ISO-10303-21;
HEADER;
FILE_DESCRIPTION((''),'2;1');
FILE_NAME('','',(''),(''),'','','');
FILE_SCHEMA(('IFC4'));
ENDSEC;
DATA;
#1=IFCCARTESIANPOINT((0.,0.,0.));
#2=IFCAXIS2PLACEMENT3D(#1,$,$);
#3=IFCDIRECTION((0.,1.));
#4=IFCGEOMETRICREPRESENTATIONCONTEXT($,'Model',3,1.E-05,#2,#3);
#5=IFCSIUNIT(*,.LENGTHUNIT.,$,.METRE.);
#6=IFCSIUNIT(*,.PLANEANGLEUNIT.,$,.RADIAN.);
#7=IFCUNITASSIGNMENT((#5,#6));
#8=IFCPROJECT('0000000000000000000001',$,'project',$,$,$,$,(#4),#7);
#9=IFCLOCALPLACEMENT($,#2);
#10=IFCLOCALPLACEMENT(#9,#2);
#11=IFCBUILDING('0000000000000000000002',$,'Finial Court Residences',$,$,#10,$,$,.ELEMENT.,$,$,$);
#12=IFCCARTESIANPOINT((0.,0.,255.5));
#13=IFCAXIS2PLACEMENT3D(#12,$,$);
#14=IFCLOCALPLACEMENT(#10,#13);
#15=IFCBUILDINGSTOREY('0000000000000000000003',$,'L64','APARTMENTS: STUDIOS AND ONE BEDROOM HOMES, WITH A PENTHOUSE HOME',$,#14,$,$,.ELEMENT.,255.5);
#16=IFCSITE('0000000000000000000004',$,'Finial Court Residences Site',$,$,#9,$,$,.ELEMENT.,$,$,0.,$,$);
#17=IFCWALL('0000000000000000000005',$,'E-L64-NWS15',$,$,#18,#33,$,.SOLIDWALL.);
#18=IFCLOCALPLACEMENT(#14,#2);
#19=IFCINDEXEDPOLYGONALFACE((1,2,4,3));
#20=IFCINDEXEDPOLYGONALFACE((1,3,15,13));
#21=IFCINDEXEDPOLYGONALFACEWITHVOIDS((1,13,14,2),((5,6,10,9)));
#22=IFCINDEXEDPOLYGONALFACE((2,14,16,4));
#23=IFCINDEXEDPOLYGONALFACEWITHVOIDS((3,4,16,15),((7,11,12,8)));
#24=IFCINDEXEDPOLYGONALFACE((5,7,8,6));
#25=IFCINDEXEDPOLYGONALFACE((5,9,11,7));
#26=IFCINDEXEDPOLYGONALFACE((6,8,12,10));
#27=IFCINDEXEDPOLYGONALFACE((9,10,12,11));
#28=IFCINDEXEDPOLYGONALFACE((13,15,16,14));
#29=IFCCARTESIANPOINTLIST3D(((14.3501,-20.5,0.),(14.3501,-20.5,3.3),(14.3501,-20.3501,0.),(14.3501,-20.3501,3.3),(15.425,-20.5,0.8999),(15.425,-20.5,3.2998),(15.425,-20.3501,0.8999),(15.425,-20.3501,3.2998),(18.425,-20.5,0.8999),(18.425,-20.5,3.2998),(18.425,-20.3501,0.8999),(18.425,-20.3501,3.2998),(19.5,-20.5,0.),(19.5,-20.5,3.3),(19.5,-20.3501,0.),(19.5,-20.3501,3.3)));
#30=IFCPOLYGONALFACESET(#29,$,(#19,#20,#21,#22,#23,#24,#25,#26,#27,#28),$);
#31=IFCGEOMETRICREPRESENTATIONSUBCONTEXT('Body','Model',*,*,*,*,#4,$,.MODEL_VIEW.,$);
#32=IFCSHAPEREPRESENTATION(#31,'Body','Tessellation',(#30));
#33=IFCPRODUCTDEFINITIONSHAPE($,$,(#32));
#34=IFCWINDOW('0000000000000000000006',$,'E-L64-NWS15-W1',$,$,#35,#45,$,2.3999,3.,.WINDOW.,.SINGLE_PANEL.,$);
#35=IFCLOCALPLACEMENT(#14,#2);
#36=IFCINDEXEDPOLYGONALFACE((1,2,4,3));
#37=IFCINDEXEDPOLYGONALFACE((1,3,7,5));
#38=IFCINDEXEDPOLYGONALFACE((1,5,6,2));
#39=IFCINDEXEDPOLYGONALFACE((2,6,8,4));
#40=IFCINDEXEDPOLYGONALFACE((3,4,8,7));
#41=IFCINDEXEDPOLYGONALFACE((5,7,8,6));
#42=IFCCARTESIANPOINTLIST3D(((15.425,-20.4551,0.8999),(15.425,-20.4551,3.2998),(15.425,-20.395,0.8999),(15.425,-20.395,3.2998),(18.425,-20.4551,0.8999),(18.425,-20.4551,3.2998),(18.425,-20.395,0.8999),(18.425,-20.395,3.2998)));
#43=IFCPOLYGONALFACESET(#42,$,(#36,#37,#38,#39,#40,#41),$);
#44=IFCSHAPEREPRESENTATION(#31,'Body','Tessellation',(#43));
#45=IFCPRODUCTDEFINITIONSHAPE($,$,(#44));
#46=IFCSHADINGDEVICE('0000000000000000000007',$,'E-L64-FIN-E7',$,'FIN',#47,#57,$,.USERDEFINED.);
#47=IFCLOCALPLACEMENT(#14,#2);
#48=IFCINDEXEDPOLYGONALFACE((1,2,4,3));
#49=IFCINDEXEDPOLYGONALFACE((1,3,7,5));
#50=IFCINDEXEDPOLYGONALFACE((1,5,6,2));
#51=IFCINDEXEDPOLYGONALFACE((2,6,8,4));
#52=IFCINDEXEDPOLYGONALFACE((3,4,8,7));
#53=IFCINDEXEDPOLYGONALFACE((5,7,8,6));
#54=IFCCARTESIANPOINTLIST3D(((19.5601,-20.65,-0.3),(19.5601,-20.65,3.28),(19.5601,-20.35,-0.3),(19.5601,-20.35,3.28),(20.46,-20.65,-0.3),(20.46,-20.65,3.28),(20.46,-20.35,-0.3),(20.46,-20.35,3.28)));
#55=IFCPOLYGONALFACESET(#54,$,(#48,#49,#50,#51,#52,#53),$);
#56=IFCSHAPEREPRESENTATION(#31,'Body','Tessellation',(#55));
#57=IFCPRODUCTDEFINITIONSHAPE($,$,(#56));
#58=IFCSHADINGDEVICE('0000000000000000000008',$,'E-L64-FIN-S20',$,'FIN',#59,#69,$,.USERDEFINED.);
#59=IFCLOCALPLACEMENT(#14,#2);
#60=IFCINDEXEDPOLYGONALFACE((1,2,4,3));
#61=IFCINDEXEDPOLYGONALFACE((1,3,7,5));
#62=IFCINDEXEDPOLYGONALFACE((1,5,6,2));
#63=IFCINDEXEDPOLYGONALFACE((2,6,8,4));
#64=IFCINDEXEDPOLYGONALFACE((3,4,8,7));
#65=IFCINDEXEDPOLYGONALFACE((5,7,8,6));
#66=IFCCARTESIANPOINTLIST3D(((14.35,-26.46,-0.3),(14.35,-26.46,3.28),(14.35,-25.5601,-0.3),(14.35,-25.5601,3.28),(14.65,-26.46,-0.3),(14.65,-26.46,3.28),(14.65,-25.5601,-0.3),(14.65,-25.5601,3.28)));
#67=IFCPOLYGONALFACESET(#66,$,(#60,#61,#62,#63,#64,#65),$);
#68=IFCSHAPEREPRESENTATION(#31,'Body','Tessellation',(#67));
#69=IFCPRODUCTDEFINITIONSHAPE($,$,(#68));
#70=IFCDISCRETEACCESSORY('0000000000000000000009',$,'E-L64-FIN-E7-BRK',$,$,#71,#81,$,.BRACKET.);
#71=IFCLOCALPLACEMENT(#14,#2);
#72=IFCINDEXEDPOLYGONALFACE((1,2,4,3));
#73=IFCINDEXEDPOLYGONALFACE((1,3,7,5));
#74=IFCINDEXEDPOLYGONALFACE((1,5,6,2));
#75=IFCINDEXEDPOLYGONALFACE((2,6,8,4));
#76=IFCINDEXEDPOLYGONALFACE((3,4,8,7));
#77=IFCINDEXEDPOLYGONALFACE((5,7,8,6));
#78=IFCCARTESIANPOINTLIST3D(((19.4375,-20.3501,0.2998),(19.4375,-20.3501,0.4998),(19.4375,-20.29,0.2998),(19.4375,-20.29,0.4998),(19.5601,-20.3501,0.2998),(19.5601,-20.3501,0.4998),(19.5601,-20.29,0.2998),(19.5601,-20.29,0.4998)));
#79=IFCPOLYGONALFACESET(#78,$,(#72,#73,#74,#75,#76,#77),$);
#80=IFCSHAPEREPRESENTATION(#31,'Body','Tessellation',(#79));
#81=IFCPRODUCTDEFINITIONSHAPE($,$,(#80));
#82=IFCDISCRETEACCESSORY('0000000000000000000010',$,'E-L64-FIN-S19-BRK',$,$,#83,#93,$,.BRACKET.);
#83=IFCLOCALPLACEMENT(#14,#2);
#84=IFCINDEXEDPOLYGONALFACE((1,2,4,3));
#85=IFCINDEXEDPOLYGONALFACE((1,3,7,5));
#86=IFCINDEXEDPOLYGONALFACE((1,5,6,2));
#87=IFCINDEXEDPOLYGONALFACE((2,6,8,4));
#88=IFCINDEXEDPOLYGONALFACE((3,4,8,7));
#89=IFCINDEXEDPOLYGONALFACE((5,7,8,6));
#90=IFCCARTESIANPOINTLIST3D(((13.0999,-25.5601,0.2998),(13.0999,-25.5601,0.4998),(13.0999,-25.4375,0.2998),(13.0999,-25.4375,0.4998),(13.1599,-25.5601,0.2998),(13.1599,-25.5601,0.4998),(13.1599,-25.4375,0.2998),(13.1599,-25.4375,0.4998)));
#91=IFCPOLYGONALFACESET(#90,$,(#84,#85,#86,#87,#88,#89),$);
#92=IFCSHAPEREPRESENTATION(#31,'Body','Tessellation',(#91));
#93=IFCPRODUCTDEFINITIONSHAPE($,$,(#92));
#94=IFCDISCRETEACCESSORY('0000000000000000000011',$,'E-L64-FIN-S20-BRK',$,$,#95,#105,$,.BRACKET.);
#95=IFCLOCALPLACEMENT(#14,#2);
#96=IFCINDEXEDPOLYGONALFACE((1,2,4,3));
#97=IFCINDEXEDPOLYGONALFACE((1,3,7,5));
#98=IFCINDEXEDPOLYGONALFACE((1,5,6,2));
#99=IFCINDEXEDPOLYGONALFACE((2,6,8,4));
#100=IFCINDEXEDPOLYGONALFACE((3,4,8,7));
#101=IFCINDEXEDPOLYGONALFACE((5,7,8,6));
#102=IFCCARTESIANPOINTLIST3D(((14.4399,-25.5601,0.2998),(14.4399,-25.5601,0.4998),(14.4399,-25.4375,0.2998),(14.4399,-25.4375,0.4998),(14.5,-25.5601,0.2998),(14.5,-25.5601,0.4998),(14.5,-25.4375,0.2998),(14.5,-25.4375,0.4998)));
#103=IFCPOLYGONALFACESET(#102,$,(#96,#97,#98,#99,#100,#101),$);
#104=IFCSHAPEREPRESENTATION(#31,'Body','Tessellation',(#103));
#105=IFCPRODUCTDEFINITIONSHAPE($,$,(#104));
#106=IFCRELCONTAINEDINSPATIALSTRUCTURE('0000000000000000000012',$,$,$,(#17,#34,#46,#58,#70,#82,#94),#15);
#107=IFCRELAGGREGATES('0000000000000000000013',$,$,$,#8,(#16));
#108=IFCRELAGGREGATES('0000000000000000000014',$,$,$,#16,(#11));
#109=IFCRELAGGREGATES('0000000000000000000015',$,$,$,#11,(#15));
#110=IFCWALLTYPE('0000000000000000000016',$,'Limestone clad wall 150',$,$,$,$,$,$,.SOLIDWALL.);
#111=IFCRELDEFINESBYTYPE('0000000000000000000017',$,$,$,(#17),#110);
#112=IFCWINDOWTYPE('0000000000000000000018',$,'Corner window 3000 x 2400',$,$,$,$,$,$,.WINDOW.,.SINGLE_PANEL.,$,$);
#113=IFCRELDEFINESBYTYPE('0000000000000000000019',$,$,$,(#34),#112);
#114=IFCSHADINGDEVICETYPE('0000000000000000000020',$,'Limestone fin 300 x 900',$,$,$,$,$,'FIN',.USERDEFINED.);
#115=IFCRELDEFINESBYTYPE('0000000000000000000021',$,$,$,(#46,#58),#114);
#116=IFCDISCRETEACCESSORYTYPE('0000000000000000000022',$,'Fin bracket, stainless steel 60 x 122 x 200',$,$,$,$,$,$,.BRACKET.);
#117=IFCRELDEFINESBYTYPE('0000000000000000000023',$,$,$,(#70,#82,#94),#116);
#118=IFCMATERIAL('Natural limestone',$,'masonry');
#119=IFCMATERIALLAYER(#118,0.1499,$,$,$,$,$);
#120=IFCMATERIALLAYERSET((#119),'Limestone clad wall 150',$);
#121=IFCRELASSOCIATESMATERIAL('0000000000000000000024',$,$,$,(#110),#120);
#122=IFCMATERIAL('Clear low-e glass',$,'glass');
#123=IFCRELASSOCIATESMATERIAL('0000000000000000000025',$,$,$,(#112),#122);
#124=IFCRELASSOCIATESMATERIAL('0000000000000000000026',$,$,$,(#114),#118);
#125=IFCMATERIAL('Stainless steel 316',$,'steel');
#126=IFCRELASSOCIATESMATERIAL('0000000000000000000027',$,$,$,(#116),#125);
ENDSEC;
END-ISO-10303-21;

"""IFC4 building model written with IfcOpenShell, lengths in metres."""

from ifc_helpers import new_model, si_unit, direction, frame, frame_2d, origin, origin_2d, place, context, subcontext, project, spatial, rectangle, extrude, material, layer, layer_set, type_object, element, fill, save


model = new_model("IFC4")

# Units and contexts
model_context = context("Model", 3, precision=1e-05, world=origin(), true_north=direction((0.0, 1.0)))
body_context = subcontext(model_context, "Body", "Model", "MODEL_VIEW")
ifc_project = project(units=[si_unit("LENGTHUNIT", "METRE"), si_unit("PLANEANGLEUNIT", "RADIAN")], contexts=[model_context])

# Site, building, storey
site_placement = place(None, origin())
site = spatial("IfcSite", under=ifc_project, at=site_placement, Name="Finial Court Residences Site", CompositionType="ELEMENT", RefElevation=0.0)
building_placement = place(site_placement, origin())
building = spatial("IfcBuilding", under=site, at=building_placement, Name="Finial Court Residences", CompositionType="ELEMENT")
storey_placement = place(building_placement, frame((0.0, 0.0, 255.5)))
storey = spatial("IfcBuildingStorey", under=building, at=storey_placement, Name="L64", Description="APARTMENTS: STUDIOS AND ONE BEDROOM HOMES, WITH A PENTHOUSE HOME", CompositionType="ELEMENT", Elevation=255.5)

# Shared definitions
ifc_material_1 = material(Name="Clear low-e glass", Category="glass")

# Wall, opening, window
ifc_material_2 = material(Name="Natural limestone", Category="masonry")
ifc_layer_1 = layer(ifc_material_2, 0.1499)
ifc_layer_set_1 = layer_set([ifc_layer_1], Name="Limestone clad wall 150")
wall_type_1 = type_object("IfcWallType", Name="Limestone clad wall 150", PredefinedType="SOLIDWALL", material=ifc_layer_set_1)
window_type = type_object("IfcWindowType", Name="Corner window 3000 x 2400", PartitioningType="SINGLE_PANEL", PredefinedType="WINDOW", material=ifc_material_1)
wall_1_placement = place(storey_placement, frame((19.5, -20.425, 0.0), z_axis=(0.0, 0.0, 1.0), x_axis=(-1.0, 0.0, 0.0)))
wall_1 = element("IfcWall", 1, at=wall_1_placement, inside=storey, type_object=wall_type_1, Name="E-L64-NWS15", PredefinedType="SOLIDWALL", context=body_context, shape_type="SweptSolid", body=[
    extrude(rectangle(XDim=5.1499, YDim=0.1499, at=frame_2d((2.575, 0.0))), origin(), (0.0, 0.0, 1.0), 3.3),
])
opening_1_placement = place(wall_1_placement, frame((1.075, 0.0, 0.8999)))
opening_1 = element("IfcOpeningElement", 2, at=opening_1_placement, cuts=wall_1, PredefinedType="OPENING", context=body_context, shape_type="SweptSolid", body=[
    extrude(rectangle(XDim=3.0, YDim=2.3999, at=frame_2d((1.5, 1.2))), frame((0.0, 0.085, 0.0), z_axis=(0.0, -1.0, 0.0), x_axis=(1.0, 0.0, 0.0)), (0.0, 0.0, 1.0), 0.1699),
])
window_1_placement = place(opening_1_placement, origin())
window_1 = element("IfcWindow", 3, at=window_1_placement, inside=storey, type_object=window_type, Name="E-L64-NWS15-W1", OverallHeight=2.3999, OverallWidth=3.0, PartitioningType="SINGLE_PANEL", PredefinedType="WINDOW", context=body_context, shape_type="SweptSolid", body=[
    extrude(rectangle(XDim=3.0, YDim=2.3999, at=frame_2d((1.5, 1.2))), frame((0.0, 0.03, 0.0), z_axis=(0.0, -1.0, 0.0), x_axis=(1.0, 0.0, 0.0)), (0.0, 0.0, 1.0), 0.0601),
])
fill(opening_1, window_1)

# Shading devices
shading_device_type = type_object("IfcShadingDeviceType", Name="Limestone fin 300 x 900", ElementType="FIN", PredefinedType="USERDEFINED", material=ifc_material_2)
shading_device_1_placement = place(storey_placement, frame((20.01, -20.5, -0.3), z_axis=(0.0, 0.0, 1.0), x_axis=(1.0, 0.0, 0.0)))
element("IfcShadingDevice", 4, at=shading_device_1_placement, inside=storey, type_object=shading_device_type, Name="E-L64-FIN-E7", ObjectType="FIN", PredefinedType="USERDEFINED", context=body_context, shape_type="SweptSolid", body=[
    extrude(rectangle(XDim=0.8999, YDim=0.3, at=origin_2d()), origin(), (0.0, 0.0, 1.0), 3.5801),
])
shading_device_2_placement = place(storey_placement, frame((14.5, -26.01, -0.3), z_axis=(0.0, 0.0, 1.0), x_axis=(1.0, 0.0, 0.0)))
element("IfcShadingDevice", 5, at=shading_device_2_placement, inside=storey, type_object=shading_device_type, Name="E-L64-FIN-S20", ObjectType="FIN", PredefinedType="USERDEFINED", context=body_context, shape_type="SweptSolid", body=[
    extrude(rectangle(XDim=0.3, YDim=0.8999, at=origin_2d()), origin(), (0.0, 0.0, 1.0), 3.5801),
])

# Discrete accessories
ifc_material_3 = material(Name="Stainless steel 316", Category="steel")
discrete_accessory_type = type_object("IfcDiscreteAccessoryType", Name="Fin bracket, stainless steel 60 x 122 x 200", PredefinedType="BRACKET", material=ifc_material_3)
discrete_accessory_placement = place(storey_placement, frame((19.4988, -20.3201, 0.2998), z_axis=(0.0, 0.0, 1.0), x_axis=(1.0, 0.0, 0.0)))
element("IfcDiscreteAccessory", 6, at=discrete_accessory_placement, inside=storey, type_object=discrete_accessory_type, Name="E-L64-FIN-E7-BRK", PredefinedType="BRACKET", context=body_context, shape_type="SweptSolid", body=[
    extrude(rectangle(XDim=0.1226, YDim=0.0601, at=origin_2d()), origin(), (0.0, 0.0, 1.0), 0.2),
])
for number, where, z_axis, x_axis, name in (
    (7, (13.1299, -25.4988, 0.2998), (0.0, 0.0, 1.0), (1.0, 0.0, 0.0), "E-L64-FIN-S19-BRK"),
    (8, (14.47, -25.4988, 0.2998), (0.0, 0.0, 1.0), (1.0, 0.0, 0.0), "E-L64-FIN-S20-BRK"),
):
    element("IfcDiscreteAccessory", number, at=place(storey_placement, frame(where, z_axis=z_axis, x_axis=x_axis)), inside=storey, type_object=discrete_accessory_type, Name=name, PredefinedType="BRACKET", context=body_context, shape_type="SweptSolid", body=[
        extrude(rectangle(XDim=0.0601, YDim=0.1226, at=origin_2d()), origin(), (0.0, 0.0, 1.0), 0.2),
    ])

save(model, "model.ifc")
